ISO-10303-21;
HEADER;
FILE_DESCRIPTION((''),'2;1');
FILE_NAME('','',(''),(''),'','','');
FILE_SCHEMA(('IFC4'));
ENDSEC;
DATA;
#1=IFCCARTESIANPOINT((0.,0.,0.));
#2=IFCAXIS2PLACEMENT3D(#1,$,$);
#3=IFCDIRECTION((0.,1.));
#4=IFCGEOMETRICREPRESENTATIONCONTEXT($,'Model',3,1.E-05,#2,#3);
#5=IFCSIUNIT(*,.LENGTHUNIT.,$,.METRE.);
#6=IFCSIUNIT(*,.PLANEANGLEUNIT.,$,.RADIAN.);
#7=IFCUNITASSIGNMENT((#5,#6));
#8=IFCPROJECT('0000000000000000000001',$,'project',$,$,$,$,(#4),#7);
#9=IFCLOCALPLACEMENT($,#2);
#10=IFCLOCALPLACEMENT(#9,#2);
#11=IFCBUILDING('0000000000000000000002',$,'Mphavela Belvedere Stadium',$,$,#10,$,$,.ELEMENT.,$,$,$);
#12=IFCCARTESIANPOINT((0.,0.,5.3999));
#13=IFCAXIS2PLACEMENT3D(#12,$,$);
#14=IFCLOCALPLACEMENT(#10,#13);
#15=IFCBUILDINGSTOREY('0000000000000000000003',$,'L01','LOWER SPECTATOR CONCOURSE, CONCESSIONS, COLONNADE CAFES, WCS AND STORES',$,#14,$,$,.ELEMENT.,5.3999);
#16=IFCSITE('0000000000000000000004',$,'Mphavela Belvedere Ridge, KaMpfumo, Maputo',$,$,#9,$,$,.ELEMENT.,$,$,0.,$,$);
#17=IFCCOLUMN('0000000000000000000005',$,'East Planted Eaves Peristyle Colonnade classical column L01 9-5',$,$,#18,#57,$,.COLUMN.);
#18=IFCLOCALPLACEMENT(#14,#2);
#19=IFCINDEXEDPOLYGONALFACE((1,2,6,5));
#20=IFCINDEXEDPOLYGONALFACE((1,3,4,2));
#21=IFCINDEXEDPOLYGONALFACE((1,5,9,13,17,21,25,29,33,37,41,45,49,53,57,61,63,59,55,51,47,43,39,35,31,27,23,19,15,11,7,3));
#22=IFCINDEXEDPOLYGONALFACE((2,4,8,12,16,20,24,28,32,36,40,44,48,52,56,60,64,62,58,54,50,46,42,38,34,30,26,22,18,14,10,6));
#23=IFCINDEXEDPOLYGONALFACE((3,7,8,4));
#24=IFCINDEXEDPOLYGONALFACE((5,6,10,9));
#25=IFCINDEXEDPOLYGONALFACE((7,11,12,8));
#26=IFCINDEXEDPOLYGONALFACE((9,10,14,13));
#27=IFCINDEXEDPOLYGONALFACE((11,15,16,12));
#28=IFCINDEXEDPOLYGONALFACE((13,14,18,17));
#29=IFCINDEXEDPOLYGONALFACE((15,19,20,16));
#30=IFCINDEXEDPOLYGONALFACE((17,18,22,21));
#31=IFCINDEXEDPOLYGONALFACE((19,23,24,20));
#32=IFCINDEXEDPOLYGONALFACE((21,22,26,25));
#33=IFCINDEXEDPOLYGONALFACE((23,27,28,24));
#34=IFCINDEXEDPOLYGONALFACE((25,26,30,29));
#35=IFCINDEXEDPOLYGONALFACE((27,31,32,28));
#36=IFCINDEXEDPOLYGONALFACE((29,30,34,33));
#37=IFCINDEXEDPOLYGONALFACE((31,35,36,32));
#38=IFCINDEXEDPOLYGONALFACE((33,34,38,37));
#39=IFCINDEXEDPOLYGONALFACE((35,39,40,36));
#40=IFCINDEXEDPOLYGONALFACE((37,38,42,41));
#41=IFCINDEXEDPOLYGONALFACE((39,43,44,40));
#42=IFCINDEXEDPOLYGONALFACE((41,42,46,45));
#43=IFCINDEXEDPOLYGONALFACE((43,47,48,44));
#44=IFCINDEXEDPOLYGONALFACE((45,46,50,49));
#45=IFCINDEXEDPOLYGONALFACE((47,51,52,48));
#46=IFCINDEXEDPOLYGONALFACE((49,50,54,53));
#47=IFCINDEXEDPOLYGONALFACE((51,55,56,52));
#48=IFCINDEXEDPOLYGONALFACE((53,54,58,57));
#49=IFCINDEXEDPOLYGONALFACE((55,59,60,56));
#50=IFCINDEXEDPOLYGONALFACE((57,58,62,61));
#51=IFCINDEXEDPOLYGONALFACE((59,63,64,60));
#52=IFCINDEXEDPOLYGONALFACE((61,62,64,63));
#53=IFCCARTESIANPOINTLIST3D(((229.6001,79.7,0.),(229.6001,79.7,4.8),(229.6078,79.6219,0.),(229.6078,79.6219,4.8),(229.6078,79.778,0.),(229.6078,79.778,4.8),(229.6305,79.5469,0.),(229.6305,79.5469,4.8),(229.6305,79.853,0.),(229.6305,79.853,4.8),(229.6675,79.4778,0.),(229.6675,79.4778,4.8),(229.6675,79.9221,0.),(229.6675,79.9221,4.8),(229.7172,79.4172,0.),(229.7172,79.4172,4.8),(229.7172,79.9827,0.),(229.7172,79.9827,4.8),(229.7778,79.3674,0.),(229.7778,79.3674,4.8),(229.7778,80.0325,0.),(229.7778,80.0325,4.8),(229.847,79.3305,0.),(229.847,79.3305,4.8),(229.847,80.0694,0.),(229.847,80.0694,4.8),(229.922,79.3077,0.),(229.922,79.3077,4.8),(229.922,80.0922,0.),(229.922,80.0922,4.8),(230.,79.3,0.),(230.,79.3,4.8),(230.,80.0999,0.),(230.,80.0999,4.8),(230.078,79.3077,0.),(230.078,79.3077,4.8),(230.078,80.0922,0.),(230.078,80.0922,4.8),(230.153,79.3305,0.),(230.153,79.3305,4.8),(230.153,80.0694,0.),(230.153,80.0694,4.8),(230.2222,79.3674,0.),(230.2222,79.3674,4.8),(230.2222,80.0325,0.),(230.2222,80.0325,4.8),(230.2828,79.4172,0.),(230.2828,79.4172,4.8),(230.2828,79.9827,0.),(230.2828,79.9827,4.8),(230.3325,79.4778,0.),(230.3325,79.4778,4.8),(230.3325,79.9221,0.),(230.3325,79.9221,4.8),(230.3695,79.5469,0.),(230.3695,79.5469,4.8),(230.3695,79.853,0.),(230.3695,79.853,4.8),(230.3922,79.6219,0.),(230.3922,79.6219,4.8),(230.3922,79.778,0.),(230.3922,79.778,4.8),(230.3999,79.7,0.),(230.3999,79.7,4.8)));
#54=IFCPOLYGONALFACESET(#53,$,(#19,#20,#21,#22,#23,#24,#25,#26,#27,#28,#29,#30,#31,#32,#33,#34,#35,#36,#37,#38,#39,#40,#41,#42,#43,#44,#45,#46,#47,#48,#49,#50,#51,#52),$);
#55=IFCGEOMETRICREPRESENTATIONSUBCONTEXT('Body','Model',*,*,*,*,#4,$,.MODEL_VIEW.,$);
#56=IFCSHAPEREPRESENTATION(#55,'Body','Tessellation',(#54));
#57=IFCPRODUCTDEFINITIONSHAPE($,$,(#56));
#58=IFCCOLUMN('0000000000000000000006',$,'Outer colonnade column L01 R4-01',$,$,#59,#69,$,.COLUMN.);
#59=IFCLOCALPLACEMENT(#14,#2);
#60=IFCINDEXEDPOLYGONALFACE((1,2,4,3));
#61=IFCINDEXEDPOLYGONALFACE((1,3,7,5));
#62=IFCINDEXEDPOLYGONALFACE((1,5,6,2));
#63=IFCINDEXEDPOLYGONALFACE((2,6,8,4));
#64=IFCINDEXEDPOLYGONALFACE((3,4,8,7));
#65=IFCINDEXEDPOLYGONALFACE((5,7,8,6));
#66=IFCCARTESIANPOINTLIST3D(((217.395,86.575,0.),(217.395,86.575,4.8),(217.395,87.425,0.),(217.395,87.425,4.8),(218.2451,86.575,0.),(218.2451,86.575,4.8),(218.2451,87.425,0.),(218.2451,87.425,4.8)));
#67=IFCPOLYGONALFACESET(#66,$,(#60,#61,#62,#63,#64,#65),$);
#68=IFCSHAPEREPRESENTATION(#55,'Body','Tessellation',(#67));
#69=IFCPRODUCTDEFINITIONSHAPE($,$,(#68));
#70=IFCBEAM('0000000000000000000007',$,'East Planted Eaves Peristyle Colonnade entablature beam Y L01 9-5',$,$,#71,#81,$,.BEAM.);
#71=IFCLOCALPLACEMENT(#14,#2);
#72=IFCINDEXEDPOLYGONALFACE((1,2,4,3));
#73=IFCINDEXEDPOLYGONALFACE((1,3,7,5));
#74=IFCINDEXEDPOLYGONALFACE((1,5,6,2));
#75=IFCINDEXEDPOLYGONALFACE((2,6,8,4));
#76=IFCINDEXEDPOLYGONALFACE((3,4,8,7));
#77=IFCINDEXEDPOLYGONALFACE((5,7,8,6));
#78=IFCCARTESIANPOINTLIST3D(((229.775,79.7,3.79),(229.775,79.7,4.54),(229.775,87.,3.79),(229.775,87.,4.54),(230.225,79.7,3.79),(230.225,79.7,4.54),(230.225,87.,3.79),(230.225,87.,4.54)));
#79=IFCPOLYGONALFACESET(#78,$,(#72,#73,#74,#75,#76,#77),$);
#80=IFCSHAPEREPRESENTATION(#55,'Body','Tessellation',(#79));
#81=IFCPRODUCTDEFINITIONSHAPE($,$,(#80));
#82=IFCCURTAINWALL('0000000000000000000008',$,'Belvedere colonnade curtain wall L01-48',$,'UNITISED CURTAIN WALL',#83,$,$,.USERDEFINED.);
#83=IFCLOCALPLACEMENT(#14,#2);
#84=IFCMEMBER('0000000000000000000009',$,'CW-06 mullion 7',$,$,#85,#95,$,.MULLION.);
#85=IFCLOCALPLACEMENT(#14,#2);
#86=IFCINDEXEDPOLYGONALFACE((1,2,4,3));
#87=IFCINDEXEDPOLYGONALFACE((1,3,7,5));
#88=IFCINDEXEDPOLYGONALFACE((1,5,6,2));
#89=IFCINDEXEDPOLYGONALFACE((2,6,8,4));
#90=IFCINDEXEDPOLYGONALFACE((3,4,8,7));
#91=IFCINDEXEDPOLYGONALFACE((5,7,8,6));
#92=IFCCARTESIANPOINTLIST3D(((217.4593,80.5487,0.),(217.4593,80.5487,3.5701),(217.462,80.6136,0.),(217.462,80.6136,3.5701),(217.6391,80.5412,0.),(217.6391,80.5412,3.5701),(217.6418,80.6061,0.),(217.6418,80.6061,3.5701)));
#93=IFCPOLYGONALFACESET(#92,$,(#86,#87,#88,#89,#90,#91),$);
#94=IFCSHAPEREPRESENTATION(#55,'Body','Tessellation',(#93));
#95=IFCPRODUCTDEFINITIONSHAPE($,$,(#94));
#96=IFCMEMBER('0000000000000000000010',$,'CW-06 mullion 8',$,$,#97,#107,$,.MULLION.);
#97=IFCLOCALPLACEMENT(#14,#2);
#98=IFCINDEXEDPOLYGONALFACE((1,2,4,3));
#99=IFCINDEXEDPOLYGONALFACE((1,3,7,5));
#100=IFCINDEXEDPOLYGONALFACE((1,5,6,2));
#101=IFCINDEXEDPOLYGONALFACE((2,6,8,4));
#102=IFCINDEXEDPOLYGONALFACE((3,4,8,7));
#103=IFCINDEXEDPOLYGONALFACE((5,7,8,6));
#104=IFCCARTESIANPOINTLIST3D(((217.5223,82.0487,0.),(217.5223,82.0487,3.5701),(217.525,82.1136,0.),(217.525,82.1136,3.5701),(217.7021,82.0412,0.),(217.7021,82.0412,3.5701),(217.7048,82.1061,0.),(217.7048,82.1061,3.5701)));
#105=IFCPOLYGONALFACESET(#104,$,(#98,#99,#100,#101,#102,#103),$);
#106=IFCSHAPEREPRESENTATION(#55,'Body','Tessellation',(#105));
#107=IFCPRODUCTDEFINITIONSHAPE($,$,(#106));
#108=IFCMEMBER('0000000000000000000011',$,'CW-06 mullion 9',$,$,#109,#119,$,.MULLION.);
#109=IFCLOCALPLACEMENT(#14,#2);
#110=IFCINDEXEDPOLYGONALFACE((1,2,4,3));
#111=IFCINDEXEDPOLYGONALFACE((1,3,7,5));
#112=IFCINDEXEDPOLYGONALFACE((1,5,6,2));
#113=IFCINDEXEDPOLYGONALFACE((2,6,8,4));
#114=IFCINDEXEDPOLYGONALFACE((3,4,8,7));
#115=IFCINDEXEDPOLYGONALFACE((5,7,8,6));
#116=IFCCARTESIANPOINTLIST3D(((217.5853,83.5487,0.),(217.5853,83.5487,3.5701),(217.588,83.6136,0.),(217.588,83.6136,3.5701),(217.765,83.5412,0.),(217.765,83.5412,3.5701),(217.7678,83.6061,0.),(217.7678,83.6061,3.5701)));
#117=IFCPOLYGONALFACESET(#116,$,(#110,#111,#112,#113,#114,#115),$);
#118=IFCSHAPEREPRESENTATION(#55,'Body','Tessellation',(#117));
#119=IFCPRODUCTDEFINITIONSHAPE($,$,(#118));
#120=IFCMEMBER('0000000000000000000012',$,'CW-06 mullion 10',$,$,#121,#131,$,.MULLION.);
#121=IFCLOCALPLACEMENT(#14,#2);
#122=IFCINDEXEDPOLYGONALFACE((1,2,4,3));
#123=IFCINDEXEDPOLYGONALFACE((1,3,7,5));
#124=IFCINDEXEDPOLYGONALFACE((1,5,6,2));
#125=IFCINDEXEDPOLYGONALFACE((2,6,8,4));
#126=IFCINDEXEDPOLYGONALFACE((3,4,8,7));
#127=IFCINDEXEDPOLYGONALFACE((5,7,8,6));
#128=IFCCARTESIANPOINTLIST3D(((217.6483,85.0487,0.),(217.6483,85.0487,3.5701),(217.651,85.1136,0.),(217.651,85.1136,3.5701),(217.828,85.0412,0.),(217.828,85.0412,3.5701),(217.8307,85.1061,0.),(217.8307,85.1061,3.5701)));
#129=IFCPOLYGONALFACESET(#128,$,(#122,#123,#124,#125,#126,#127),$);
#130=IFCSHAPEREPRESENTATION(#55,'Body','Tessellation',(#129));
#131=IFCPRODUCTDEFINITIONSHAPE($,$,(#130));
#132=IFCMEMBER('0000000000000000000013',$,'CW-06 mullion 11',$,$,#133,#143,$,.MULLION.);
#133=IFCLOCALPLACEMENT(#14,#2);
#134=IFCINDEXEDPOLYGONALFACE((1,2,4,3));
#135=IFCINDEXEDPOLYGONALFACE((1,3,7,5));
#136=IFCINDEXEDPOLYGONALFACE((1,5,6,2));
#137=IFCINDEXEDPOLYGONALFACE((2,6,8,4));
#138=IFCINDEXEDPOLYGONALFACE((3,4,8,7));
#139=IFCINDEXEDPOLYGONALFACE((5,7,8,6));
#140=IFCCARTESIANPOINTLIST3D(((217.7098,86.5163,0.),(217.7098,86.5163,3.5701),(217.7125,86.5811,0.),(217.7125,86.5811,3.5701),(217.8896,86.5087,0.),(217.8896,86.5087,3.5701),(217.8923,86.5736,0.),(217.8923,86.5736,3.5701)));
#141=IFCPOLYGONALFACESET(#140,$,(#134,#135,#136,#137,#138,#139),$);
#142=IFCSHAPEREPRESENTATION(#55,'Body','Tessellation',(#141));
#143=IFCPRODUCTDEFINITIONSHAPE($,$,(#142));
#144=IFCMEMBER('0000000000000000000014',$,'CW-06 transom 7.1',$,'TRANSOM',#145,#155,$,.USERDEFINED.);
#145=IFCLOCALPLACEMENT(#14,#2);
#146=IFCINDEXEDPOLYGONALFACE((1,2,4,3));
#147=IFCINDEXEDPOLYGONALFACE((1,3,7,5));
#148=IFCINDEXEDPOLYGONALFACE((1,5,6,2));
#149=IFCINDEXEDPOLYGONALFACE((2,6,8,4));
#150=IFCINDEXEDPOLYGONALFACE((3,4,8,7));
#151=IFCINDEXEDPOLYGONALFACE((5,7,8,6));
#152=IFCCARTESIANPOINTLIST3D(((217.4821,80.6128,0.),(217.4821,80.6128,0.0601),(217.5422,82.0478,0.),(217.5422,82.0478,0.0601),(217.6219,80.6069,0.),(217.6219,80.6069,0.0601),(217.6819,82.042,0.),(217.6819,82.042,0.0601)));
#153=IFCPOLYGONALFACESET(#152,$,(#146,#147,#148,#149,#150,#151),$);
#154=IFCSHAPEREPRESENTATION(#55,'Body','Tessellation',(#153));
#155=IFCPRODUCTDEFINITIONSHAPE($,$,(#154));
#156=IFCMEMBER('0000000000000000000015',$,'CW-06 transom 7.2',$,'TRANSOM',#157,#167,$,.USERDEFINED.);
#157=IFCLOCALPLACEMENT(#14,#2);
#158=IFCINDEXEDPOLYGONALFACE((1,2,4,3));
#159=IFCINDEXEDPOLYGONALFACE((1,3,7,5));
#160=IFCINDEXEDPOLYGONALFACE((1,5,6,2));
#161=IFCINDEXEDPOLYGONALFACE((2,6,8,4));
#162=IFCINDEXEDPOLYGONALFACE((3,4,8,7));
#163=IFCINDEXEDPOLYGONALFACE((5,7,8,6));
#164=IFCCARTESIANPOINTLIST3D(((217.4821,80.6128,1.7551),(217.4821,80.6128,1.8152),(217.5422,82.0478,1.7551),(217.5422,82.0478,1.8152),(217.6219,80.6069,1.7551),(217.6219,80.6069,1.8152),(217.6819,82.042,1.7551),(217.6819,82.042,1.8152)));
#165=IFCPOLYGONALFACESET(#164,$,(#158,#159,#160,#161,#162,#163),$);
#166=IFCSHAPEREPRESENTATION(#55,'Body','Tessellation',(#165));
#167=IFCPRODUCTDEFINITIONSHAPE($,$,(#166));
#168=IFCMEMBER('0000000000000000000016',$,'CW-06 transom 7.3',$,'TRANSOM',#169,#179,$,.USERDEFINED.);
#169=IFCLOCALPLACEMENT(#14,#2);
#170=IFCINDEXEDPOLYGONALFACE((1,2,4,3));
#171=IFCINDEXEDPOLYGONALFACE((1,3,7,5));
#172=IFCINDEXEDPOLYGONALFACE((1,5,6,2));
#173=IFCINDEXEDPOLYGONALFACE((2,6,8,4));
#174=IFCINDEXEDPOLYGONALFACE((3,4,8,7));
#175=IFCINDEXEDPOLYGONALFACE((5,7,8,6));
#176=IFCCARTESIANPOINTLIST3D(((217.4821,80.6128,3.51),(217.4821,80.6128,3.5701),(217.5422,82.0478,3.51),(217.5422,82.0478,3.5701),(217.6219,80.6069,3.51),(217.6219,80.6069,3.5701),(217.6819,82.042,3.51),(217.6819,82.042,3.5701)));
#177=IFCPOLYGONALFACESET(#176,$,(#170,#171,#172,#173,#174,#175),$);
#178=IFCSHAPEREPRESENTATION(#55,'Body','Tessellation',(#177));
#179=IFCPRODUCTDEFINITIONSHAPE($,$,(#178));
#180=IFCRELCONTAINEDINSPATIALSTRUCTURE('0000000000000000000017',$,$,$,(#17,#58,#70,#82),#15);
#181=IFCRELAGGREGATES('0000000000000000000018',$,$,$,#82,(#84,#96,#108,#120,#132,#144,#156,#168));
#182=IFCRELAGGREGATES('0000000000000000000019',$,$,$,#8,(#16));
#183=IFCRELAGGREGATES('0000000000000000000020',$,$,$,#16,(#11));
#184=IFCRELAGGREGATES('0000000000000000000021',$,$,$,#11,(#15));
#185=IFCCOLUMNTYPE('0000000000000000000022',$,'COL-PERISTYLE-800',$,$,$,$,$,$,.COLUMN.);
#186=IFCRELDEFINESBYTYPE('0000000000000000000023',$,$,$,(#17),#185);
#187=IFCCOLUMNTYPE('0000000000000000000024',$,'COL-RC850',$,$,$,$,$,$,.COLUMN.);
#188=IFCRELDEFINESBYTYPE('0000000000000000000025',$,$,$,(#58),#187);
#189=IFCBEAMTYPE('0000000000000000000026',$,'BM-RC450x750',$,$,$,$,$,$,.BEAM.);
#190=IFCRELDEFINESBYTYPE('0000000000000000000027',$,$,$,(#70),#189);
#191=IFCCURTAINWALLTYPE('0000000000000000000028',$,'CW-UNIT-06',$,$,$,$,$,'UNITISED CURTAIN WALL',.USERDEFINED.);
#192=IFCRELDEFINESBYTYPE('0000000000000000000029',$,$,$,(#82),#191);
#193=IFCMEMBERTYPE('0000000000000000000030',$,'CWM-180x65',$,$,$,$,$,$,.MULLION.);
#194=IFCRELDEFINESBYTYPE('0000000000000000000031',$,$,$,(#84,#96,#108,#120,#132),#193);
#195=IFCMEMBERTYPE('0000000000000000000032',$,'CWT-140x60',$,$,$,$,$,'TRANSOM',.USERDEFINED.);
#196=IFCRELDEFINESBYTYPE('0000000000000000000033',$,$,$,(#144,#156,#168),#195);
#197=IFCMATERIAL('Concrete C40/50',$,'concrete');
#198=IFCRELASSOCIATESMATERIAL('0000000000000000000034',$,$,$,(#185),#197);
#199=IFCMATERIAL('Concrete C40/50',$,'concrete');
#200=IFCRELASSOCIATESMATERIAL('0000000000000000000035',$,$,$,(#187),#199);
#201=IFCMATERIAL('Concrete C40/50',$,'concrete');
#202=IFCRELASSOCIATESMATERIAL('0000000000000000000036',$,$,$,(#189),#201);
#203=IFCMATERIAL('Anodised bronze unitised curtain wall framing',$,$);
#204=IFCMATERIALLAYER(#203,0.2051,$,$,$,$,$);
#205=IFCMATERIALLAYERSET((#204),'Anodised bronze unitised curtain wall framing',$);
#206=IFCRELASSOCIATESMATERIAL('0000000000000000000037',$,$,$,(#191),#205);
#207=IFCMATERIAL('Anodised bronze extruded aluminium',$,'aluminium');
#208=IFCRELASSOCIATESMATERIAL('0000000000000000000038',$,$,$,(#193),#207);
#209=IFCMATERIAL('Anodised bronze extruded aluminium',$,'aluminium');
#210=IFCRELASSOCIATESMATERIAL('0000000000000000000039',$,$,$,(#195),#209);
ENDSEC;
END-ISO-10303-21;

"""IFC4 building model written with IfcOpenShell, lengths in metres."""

from ifc_helpers import new_model, si_unit, direction, frame, origin, origin_2d, place, context, subcontext, project, spatial, rectangle, circle, extrude, material, layer, layer_set, material_profile, profile_set, type_object, element, aggregate, save


model = new_model("IFC4")

# Units and contexts
model_context = context("Model", 3, precision=1e-05, world=origin(), true_north=direction((0.0, 1.0)))
body_context = subcontext(model_context, "Body", "Model", "MODEL_VIEW")
ifc_project = project(units=[si_unit("LENGTHUNIT", "METRE"), si_unit("PLANEANGLEUNIT", "RADIAN")], contexts=[model_context])

# Site, building, storey
site_placement = place(None, origin())
site = spatial("IfcSite", under=ifc_project, at=site_placement, Name="Mphavela Belvedere Ridge, KaMpfumo, Maputo", CompositionType="ELEMENT", RefElevation=0.0)
building_placement = place(site_placement, origin())
building = spatial("IfcBuilding", under=site, at=building_placement, Name="Mphavela Belvedere Stadium", CompositionType="ELEMENT")
storey_placement = place(building_placement, frame((0.0, 0.0, 5.3999)))
storey = spatial("IfcBuildingStorey", under=building, at=storey_placement, Name="L01", Description="LOWER SPECTATOR CONCOURSE, CONCESSIONS, COLONNADE CAFES, WCS AND STORES", CompositionType="ELEMENT", Elevation=5.3999)

# Columns
ifc_material_1 = material(Name="Concrete C40/50", Category="concrete")
ifc_material_profile_1 = material_profile(ifc_material_1, circle(Radius=0.3999, at=origin_2d()), Name="COL D800")
ifc_profile_set_1 = profile_set([ifc_material_profile_1], Name="Concrete C40/50")
column_type_1 = type_object("IfcColumnType", Name="COL-PERISTYLE-800", PredefinedType="COLUMN", material=ifc_profile_set_1)
column_1_placement = place(storey_placement, frame((230.0, 79.7, 0.0), z_axis=(0.0, 0.0, 1.0), x_axis=(1.0, 0.0, 0.0)))
element("IfcColumn", 1, at=column_1_placement, inside=storey, type_object=column_type_1, Name="East Planted Eaves Peristyle Colonnade classical column L01 9-5", PredefinedType="COLUMN", context=body_context, shape_type="SweptSolid", body=[
    extrude(circle(Radius=0.3999, at=origin_2d()), origin(), (0.0, 0.0, 1.0), 4.8),
])
ifc_material_2 = material(Name="Concrete C40/50", Category="concrete")
ifc_material_profile_2 = material_profile(ifc_material_2, rectangle(XDim=0.8501, YDim=0.8501, at=origin_2d()), Name="RC 850x850")
ifc_profile_set_2 = profile_set([ifc_material_profile_2], Name="Concrete C40/50")
column_type_2 = type_object("IfcColumnType", Name="COL-RC850", PredefinedType="COLUMN", material=ifc_profile_set_2)
column_2_placement = place(storey_placement, frame((217.8201, 87.0, 0.0), z_axis=(0.0, 0.0, 1.0), x_axis=(1.0, 0.0, 0.0)))
element("IfcColumn", 2, at=column_2_placement, inside=storey, type_object=column_type_2, Name="Outer colonnade column L01 R4-01", PredefinedType="COLUMN", context=body_context, shape_type="SweptSolid", body=[
    extrude(rectangle(XDim=0.8501, YDim=0.8501, at=origin_2d()), origin(), (0.0, 0.0, 1.0), 4.8),
])

# Beam
ifc_material_3 = material(Name="Concrete C40/50", Category="concrete")
ifc_material_profile_3 = material_profile(ifc_material_3, rectangle(XDim=0.45, YDim=0.75, at=origin_2d()), Name="RC 450x750")
ifc_profile_set_3 = profile_set([ifc_material_profile_3], Name="Concrete C40/50")
beam_type = type_object("IfcBeamType", Name="BM-RC450x750", PredefinedType="BEAM", material=ifc_profile_set_3)
beam_placement = place(storey_placement, frame((230.0, 79.7, 4.165), z_axis=(0.0, 1.0, 0.0), x_axis=(-1.0, 0.0, 0.0)))
element("IfcBeam", 3, at=beam_placement, inside=storey, type_object=beam_type, Name="East Planted Eaves Peristyle Colonnade entablature beam Y L01 9-5", PredefinedType="BEAM", context=body_context, shape_type="SweptSolid", body=[
    extrude(rectangle(XDim=0.45, YDim=0.75, at=origin_2d()), origin(), (0.0, 0.0, 1.0), 7.3),
])

# Curtain wall, members
ifc_material_4 = material(Name="Anodised bronze unitised curtain wall framing")
ifc_layer_1 = layer(ifc_material_4, 0.2051)
ifc_layer_set_1 = layer_set([ifc_layer_1], Name="Anodised bronze unitised curtain wall framing")
curtain_wall_type = type_object("IfcCurtainWallType", Name="CW-UNIT-06", ElementType="UNITISED CURTAIN WALL", PredefinedType="USERDEFINED", material=ifc_layer_set_1)
curtain_wall_placement = place(storey_placement, origin())
curtain_wall = element("IfcCurtainWall", 4, at=curtain_wall_placement, inside=storey, type_object=curtain_wall_type, Name="Belvedere colonnade curtain wall L01-48", ObjectType="UNITISED CURTAIN WALL", PredefinedType="USERDEFINED")
ifc_material_5 = material(Name="Anodised bronze extruded aluminium", Category="aluminium")
ifc_material_profile_4 = material_profile(ifc_material_5, rectangle(XDim=0.1799, YDim=0.0649, at=origin_2d()), Name="CW-MUL 180x65")
ifc_profile_set_4 = profile_set([ifc_material_profile_4], Name="Anodised bronze extruded aluminium")
member_type_1 = type_object("IfcMemberType", Name="CWM-180x65", PredefinedType="MULLION", material=ifc_profile_set_4)
member_1_placement = place(storey_placement, frame((217.5505, 80.5774, 0.0), z_axis=(0.0, 0.0, 1.0), x_axis=(-0.999121, 0.04191, 0.0)))
member_1 = element("IfcMember", 5, at=member_1_placement, type_object=member_type_1, Name="CW-06 mullion 7", PredefinedType="MULLION", context=body_context, shape_type="SweptSolid", body=[
    extrude(rectangle(XDim=0.1799, YDim=0.0649, at=origin_2d()), origin(), (0.0, 0.0, 1.0), 3.5701),
])
member_2_placement = place(storey_placement, frame((217.6135, 82.0774, 0.0), z_axis=(0.0, 0.0, 1.0), x_axis=(-0.999121, 0.04191, 0.0)))
member_2 = element("IfcMember", 6, at=member_2_placement, type_object=member_type_1, Name="CW-06 mullion 8", PredefinedType="MULLION", context=body_context, shape_type="SweptSolid", body=[
    extrude(rectangle(XDim=0.1799, YDim=0.0649, at=origin_2d()), origin(), (0.0, 0.0, 1.0), 3.5701),
])
member_3_placement = place(storey_placement, frame((217.6765, 83.5774, 0.0), z_axis=(0.0, 0.0, 1.0), x_axis=(-0.999121, 0.04191, 0.0)))
member_3 = element("IfcMember", 7, at=member_3_placement, type_object=member_type_1, Name="CW-06 mullion 9", PredefinedType="MULLION", context=body_context, shape_type="SweptSolid", body=[
    extrude(rectangle(XDim=0.1799, YDim=0.0649, at=origin_2d()), origin(), (0.0, 0.0, 1.0), 3.5701),
])
member_4_placement = place(storey_placement, frame((217.7395, 85.0774, 0.0), z_axis=(0.0, 0.0, 1.0), x_axis=(-0.999121, 0.04191, 0.0)))
member_4 = element("IfcMember", 8, at=member_4_placement, type_object=member_type_1, Name="CW-06 mullion 10", PredefinedType="MULLION", context=body_context, shape_type="SweptSolid", body=[
    extrude(rectangle(XDim=0.1799, YDim=0.0649, at=origin_2d()), origin(), (0.0, 0.0, 1.0), 3.5701),
])
member_5_placement = place(storey_placement, frame((217.801, 86.5449, 0.0), z_axis=(0.0, 0.0, 1.0), x_axis=(-0.999121, 0.04191, 0.0)))
member_5 = element("IfcMember", 9, at=member_5_placement, type_object=member_type_1, Name="CW-06 mullion 11", PredefinedType="MULLION", context=body_context, shape_type="SweptSolid", body=[
    extrude(rectangle(XDim=0.1799, YDim=0.0649, at=origin_2d()), origin(), (0.0, 0.0, 1.0), 3.5701),
])
ifc_material_6 = material(Name="Anodised bronze extruded aluminium", Category="aluminium")
ifc_material_profile_5 = material_profile(ifc_material_6, rectangle(XDim=0.1399, YDim=0.0601, at=origin_2d()), Name="CW-TRN 140x60")
ifc_profile_set_5 = profile_set([ifc_material_profile_5], Name="Anodised bronze extruded aluminium")
member_type_2 = type_object("IfcMemberType", Name="CWT-140x60", ElementType="TRANSOM", PredefinedType="USERDEFINED", material=ifc_profile_set_5)
member_6_placement = place(storey_placement, frame((217.552, 80.6099, 0.03), z_axis=(0.041814, 0.999125, 0.0), x_axis=(-0.999125, 0.041814, 0.0)))
member_6 = element("IfcMember", 10, at=member_6_placement, type_object=member_type_2, Name="CW-06 transom 7.1", ObjectType="TRANSOM", PredefinedType="USERDEFINED", context=body_context, shape_type="SweptSolid", body=[
    extrude(rectangle(XDim=0.1399, YDim=0.0601, at=origin_2d()), origin(), (0.0, 0.0, 1.0), 1.4363),
])
member_7_placement = place(storey_placement, frame((217.552, 80.6099, 1.7852), z_axis=(0.041814, 0.999125, 0.0), x_axis=(-0.999125, 0.041814, 0.0)))
member_7 = element("IfcMember", 11, at=member_7_placement, type_object=member_type_2, Name="CW-06 transom 7.2", ObjectType="TRANSOM", PredefinedType="USERDEFINED", context=body_context, shape_type="SweptSolid", body=[
    extrude(rectangle(XDim=0.1399, YDim=0.0601, at=origin_2d()), origin(), (0.0, 0.0, 1.0), 1.4363),
])
member_8_placement = place(storey_placement, frame((217.552, 80.6099, 3.54), z_axis=(0.041814, 0.999125, 0.0), x_axis=(-0.999125, 0.041814, 0.0)))
member_8 = element("IfcMember", 12, at=member_8_placement, type_object=member_type_2, Name="CW-06 transom 7.3", ObjectType="TRANSOM", PredefinedType="USERDEFINED", context=body_context, shape_type="SweptSolid", body=[
    extrude(rectangle(XDim=0.1399, YDim=0.0601, at=origin_2d()), origin(), (0.0, 0.0, 1.0), 1.4363),
])
aggregate(curtain_wall, [member_1, member_2, member_3, member_4, member_5, member_6, member_7, member_8])

save(model, "model.ifc")
